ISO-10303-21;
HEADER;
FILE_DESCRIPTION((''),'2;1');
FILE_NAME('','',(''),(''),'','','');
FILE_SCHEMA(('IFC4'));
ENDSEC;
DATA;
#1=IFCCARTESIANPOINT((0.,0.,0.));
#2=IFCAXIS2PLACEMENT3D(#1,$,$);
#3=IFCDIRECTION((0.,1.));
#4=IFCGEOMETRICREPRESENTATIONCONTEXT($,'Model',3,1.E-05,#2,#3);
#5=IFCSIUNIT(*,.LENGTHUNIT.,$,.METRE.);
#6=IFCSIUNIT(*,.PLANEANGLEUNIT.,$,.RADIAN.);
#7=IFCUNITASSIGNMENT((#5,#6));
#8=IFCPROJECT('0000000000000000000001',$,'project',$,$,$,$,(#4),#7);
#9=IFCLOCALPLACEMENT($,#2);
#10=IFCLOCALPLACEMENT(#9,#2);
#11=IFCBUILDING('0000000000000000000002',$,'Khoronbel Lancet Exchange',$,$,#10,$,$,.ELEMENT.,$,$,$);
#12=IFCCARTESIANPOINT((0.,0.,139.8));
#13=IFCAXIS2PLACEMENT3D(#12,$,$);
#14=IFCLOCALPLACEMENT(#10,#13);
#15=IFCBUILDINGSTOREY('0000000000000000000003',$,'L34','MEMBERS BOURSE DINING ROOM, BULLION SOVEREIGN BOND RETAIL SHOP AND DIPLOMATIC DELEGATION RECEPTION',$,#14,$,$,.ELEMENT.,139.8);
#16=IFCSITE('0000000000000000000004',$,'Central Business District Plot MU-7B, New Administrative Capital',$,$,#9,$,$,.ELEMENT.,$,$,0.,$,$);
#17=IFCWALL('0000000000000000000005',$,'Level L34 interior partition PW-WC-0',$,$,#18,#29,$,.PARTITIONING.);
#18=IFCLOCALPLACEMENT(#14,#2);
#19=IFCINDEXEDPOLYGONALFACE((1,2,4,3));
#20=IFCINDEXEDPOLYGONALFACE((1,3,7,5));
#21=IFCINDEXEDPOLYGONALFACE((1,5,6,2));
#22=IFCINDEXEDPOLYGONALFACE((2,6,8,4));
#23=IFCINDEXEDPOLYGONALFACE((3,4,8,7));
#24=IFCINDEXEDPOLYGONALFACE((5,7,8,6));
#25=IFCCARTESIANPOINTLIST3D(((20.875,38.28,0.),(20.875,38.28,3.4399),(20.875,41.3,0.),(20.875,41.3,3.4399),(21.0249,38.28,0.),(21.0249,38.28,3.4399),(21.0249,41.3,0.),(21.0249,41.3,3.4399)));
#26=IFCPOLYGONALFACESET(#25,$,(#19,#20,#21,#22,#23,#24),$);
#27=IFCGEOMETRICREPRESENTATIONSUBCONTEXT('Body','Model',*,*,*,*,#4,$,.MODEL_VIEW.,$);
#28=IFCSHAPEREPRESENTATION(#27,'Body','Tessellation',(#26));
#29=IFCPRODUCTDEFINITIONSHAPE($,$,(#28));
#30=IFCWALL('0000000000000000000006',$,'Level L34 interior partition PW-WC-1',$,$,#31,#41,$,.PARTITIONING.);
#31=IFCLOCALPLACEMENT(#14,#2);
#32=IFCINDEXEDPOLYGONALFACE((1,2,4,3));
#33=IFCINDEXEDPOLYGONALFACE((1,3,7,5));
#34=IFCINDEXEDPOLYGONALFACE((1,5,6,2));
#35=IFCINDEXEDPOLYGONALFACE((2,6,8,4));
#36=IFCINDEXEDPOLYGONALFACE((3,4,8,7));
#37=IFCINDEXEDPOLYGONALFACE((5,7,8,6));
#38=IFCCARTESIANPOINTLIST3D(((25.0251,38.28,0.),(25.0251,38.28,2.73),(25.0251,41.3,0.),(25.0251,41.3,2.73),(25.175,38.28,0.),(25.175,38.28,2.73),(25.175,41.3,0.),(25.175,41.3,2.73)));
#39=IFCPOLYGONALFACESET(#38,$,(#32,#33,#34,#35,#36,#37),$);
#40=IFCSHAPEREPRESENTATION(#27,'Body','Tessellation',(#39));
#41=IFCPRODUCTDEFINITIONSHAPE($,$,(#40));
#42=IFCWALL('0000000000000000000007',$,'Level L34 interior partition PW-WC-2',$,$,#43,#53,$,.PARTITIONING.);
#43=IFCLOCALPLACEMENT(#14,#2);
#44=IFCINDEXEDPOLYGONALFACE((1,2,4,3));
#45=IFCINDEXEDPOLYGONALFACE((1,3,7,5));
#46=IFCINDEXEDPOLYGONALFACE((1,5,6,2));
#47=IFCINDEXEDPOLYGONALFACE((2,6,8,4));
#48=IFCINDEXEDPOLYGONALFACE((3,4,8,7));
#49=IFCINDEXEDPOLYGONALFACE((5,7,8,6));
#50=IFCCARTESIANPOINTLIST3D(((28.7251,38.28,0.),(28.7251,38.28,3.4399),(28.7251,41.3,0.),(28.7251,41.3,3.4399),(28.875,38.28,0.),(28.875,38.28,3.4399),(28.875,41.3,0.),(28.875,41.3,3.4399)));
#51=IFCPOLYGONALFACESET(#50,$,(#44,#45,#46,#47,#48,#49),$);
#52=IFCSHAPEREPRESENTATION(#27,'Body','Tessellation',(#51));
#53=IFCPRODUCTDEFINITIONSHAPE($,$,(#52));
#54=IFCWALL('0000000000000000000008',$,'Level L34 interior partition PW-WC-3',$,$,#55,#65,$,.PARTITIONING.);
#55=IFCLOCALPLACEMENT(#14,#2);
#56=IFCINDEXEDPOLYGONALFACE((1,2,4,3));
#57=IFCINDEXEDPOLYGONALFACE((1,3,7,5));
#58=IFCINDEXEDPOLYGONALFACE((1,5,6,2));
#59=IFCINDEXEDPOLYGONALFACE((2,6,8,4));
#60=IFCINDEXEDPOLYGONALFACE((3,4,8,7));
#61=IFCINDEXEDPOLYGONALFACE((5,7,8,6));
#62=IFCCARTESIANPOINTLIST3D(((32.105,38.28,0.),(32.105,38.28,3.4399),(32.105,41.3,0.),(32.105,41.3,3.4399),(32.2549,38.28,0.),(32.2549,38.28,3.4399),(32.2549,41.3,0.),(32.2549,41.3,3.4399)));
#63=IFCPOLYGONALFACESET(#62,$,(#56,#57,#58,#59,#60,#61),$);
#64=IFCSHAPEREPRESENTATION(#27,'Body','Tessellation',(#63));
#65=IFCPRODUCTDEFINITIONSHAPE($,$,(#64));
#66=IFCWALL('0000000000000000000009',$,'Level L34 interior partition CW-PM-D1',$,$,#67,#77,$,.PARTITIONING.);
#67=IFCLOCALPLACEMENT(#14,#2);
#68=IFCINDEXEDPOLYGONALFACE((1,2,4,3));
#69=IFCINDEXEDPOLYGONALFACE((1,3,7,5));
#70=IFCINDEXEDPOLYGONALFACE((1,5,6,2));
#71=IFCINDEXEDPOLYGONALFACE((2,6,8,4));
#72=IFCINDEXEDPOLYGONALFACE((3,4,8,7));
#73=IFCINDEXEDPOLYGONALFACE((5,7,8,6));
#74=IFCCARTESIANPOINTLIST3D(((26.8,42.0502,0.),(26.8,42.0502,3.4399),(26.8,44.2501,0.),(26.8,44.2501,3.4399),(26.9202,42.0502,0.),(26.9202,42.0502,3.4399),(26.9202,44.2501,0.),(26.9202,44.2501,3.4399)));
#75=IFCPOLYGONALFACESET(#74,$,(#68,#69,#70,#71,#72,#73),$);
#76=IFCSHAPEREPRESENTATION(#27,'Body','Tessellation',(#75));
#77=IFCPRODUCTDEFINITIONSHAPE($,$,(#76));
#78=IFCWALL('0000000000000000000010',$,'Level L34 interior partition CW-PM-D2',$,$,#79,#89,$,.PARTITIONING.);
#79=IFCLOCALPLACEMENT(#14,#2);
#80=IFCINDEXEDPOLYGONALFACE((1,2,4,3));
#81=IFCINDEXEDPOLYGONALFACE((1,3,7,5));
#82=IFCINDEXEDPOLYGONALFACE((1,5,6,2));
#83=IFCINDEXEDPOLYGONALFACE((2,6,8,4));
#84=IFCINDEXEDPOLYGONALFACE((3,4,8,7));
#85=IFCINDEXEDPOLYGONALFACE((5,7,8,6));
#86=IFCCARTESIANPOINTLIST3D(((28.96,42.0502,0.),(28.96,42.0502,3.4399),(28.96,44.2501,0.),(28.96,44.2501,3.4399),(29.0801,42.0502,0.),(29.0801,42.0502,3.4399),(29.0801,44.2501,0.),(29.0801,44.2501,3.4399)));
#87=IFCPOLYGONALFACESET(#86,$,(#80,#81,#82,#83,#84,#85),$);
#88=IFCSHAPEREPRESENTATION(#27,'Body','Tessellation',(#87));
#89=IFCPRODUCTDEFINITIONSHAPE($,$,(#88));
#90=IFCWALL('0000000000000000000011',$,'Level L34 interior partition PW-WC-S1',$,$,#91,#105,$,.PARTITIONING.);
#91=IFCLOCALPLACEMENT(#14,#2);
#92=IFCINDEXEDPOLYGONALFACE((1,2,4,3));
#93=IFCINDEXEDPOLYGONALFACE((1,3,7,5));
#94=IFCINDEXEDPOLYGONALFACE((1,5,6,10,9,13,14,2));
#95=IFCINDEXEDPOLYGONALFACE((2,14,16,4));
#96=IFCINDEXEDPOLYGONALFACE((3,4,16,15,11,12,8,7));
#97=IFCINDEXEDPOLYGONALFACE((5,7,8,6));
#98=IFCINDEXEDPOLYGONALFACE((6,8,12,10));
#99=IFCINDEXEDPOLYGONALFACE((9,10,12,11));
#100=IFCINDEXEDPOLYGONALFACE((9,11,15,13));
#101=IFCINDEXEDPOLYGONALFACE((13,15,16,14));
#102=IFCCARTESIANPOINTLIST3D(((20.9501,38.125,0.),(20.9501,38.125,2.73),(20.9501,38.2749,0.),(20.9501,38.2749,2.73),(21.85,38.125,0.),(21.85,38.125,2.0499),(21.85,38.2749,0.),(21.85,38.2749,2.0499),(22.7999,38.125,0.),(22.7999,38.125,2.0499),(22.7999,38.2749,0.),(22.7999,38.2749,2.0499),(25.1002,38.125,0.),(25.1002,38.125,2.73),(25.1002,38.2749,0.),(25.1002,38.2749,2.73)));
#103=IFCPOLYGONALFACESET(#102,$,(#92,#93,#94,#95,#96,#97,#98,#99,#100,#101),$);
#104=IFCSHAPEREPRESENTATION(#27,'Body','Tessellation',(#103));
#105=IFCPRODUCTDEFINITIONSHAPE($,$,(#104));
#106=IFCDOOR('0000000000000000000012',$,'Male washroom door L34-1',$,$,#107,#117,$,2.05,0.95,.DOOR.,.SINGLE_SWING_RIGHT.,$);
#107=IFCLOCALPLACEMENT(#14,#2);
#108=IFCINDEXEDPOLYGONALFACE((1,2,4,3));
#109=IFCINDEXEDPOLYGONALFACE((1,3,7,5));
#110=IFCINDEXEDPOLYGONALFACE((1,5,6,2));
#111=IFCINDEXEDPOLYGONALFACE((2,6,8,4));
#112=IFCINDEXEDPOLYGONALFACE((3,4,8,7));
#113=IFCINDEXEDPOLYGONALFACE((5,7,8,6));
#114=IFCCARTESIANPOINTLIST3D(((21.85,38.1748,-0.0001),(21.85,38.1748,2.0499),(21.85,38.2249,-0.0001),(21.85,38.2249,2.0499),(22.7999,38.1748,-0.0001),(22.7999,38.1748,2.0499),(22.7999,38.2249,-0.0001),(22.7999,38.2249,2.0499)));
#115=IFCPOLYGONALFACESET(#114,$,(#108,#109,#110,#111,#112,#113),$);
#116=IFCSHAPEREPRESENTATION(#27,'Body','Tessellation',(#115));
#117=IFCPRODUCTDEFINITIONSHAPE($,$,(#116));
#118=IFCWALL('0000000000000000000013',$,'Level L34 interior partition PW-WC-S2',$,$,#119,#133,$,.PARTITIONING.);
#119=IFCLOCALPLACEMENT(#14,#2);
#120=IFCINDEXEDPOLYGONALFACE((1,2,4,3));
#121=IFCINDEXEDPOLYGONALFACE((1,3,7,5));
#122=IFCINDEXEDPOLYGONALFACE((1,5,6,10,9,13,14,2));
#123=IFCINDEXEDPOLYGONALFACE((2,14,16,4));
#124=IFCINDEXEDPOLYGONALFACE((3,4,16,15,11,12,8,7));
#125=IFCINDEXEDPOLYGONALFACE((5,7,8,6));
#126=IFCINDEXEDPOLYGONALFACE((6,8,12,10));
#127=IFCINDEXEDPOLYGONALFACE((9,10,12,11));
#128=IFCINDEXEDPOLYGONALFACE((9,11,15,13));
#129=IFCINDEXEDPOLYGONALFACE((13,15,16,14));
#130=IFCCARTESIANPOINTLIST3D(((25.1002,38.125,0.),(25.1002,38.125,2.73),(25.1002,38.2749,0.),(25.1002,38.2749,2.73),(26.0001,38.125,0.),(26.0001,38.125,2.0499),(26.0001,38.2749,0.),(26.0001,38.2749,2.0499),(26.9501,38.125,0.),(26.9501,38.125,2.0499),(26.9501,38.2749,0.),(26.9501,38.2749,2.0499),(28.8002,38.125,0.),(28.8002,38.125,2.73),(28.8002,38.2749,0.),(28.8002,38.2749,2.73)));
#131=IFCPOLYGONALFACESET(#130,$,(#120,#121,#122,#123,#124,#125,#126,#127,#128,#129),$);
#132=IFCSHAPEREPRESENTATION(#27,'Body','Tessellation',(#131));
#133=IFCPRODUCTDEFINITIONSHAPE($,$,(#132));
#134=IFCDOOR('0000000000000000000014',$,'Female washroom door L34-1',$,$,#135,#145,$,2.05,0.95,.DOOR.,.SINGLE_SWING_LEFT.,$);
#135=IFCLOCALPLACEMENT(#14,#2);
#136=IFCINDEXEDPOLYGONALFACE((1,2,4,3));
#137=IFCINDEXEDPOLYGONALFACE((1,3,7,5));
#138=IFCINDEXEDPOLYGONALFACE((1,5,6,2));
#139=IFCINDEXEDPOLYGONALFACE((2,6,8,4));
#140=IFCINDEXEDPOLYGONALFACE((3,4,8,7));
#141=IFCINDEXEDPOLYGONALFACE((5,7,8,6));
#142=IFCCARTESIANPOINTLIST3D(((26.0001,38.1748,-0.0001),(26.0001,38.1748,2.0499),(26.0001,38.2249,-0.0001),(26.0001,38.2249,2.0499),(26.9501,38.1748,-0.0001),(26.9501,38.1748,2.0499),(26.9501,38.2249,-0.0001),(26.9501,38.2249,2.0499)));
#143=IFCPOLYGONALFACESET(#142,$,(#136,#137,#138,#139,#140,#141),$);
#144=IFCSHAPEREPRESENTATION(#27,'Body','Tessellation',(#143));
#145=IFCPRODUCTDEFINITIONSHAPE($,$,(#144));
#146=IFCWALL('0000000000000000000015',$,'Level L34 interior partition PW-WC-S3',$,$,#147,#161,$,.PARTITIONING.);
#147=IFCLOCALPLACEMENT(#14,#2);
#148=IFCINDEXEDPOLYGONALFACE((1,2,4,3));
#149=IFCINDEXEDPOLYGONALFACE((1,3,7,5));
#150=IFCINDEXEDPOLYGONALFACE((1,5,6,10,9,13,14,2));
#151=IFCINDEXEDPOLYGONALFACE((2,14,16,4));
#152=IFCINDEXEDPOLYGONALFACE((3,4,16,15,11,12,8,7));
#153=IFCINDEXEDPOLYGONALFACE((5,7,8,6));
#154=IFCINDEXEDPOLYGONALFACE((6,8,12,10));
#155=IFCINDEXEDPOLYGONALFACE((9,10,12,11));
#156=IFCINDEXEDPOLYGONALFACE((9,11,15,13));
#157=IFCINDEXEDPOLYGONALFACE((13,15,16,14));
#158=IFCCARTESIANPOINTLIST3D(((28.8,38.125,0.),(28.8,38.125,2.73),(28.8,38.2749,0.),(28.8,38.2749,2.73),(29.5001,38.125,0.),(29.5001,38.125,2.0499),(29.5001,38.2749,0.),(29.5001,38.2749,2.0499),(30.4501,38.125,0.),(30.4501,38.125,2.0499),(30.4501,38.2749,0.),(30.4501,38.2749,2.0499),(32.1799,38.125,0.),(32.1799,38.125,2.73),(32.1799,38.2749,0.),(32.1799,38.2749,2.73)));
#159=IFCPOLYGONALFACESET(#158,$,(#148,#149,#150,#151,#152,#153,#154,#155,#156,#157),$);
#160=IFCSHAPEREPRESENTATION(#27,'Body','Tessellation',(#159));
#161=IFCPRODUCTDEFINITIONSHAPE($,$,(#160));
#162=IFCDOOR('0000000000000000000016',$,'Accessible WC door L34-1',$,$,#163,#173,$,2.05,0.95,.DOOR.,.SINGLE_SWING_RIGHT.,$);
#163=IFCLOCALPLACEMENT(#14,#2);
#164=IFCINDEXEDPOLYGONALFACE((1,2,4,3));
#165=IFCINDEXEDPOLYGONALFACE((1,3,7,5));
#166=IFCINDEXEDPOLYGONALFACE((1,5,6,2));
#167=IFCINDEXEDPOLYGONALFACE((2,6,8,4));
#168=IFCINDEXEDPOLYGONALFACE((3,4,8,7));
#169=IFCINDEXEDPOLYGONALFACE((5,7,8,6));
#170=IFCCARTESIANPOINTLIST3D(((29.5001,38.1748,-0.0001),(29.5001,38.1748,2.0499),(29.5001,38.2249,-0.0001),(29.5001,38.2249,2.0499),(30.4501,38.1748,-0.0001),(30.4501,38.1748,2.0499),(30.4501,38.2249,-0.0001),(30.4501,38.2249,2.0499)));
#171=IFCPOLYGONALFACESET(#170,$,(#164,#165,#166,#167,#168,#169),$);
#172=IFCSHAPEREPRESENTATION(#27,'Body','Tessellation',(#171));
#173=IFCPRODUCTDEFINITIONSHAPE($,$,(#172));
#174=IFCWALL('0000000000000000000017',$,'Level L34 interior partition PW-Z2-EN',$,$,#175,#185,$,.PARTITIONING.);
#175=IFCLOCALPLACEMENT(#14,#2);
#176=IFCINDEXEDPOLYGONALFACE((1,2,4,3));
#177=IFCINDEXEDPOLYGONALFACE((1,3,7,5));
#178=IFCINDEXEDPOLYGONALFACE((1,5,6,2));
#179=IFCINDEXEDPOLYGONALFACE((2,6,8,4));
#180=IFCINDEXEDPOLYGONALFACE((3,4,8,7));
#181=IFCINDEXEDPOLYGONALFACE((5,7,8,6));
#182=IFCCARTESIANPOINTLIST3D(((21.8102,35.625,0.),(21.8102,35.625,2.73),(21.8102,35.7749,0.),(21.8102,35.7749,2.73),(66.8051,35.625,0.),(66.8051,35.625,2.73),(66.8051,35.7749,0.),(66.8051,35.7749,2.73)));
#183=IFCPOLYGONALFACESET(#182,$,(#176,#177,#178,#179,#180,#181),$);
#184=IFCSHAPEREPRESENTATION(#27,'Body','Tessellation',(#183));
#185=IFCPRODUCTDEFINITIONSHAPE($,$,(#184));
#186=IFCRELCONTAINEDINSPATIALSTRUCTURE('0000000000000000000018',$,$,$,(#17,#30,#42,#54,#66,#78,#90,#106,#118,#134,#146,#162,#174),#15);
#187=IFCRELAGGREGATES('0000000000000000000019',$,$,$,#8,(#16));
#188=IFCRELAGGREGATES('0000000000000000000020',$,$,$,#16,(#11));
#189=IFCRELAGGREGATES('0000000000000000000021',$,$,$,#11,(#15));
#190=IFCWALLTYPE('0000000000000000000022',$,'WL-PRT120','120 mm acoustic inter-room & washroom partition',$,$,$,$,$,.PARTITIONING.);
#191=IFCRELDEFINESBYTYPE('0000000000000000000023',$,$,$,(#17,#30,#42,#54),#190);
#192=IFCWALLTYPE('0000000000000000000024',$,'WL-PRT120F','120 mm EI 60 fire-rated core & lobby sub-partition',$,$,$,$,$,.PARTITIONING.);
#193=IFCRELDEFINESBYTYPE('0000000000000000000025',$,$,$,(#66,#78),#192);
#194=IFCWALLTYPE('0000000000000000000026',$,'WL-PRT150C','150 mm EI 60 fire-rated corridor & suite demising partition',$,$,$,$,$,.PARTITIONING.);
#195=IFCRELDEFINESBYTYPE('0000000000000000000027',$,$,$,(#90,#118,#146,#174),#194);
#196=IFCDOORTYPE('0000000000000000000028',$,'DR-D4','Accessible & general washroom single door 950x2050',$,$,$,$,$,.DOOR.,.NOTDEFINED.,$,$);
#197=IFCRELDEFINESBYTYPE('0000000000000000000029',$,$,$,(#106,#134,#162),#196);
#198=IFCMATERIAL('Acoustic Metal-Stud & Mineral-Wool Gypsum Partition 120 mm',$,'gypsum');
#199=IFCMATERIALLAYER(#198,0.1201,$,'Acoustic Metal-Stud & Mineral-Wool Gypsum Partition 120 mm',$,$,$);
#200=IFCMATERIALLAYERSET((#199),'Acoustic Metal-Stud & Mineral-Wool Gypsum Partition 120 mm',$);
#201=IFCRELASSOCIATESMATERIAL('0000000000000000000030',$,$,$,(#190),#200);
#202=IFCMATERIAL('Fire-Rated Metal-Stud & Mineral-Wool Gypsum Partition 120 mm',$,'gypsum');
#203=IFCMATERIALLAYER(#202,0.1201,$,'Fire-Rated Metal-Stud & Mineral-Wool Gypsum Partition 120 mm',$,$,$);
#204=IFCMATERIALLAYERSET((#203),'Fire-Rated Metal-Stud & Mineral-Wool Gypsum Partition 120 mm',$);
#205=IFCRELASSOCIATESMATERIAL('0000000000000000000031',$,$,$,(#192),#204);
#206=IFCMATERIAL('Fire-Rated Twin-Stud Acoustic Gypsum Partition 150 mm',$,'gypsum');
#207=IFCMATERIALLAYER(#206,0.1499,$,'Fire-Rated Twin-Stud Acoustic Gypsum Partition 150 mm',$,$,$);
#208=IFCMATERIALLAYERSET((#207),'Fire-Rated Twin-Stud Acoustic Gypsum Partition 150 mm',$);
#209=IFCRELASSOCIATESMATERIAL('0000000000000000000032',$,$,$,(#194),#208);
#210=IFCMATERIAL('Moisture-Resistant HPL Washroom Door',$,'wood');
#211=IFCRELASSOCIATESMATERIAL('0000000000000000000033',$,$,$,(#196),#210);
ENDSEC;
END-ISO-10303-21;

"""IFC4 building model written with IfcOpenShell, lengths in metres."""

from ifc_helpers import new_model, si_unit, direction, frame, frame_2d, origin, place, context, subcontext, project, spatial, rectangle, extrude, material, layer, layer_set, type_object, element, fill, save


model = new_model("IFC4")

# Units and contexts
model_context = context("Model", 3, precision=1e-05, world=origin(), true_north=direction((0.0, 1.0)))
body_context = subcontext(model_context, "Body", "Model", "MODEL_VIEW")
ifc_project = project(units=[si_unit("LENGTHUNIT", "METRE"), si_unit("PLANEANGLEUNIT", "RADIAN")], contexts=[model_context])

# Site, building, storey
site_placement = place(None, origin())
site = spatial("IfcSite", under=ifc_project, at=site_placement, Name="Central Business District Plot MU-7B, New Administrative Capital", CompositionType="ELEMENT", RefElevation=0.0)
building_placement = place(site_placement, origin())
building = spatial("IfcBuilding", under=site, at=building_placement, Name="Khoronbel Lancet Exchange", CompositionType="ELEMENT")
storey_placement = place(building_placement, frame((0.0, 0.0, 139.8)))
storey = spatial("IfcBuildingStorey", under=building, at=storey_placement, Name="L34", Description="MEMBERS BOURSE DINING ROOM, BULLION SOVEREIGN BOND RETAIL SHOP AND DIPLOMATIC DELEGATION RECEPTION", CompositionType="ELEMENT", Elevation=139.8)

# Walls
ifc_material_1 = material(Name="Acoustic Metal-Stud & Mineral-Wool Gypsum Partition 120 mm", Category="gypsum")
ifc_layer_1 = layer(ifc_material_1, 0.1201, Name="Acoustic Metal-Stud & Mineral-Wool Gypsum Partition 120 mm")
ifc_layer_set_1 = layer_set([ifc_layer_1], Name="Acoustic Metal-Stud & Mineral-Wool Gypsum Partition 120 mm")
wall_type_1 = type_object("IfcWallType", Name="WL-PRT120", Description="120 mm acoustic inter-room & washroom partition", PredefinedType="PARTITIONING", material=ifc_layer_set_1)
wall_1_placement = place(storey_placement, frame((20.95, 38.28, 0.0), z_axis=(0.0, 0.0, 1.0), x_axis=(0.0, 1.0, 0.0)))
element("IfcWall", 1, at=wall_1_placement, inside=storey, type_object=wall_type_1, Name="Level L34 interior partition PW-WC-0", PredefinedType="PARTITIONING", context=body_context, shape_type="SweptSolid", body=[
    extrude(rectangle(XDim=3.02, YDim=0.1499, at=frame_2d((1.51, 0.0))), origin(), (0.0, 0.0, 1.0), 3.4399),
])
wall_2_placement = place(storey_placement, frame((25.1001, 38.28, 0.0), z_axis=(0.0, 0.0, 1.0), x_axis=(0.0, 1.0, 0.0)))
element("IfcWall", 2, at=wall_2_placement, inside=storey, type_object=wall_type_1, Name="Level L34 interior partition PW-WC-1", PredefinedType="PARTITIONING", context=body_context, shape_type="SweptSolid", body=[
    extrude(rectangle(XDim=3.02, YDim=0.1499, at=frame_2d((1.51, 0.0))), origin(), (0.0, 0.0, 1.0), 2.73),
])
for number, where, z_axis, x_axis, name in (
    (3, (28.8, 38.28, 0.0), (0.0, 0.0, 1.0), (0.0, 1.0, 0.0), "Level L34 interior partition PW-WC-2"),
    (4, (32.1799, 38.28, 0.0), (0.0, 0.0, 1.0), (0.0, 1.0, 0.0), "Level L34 interior partition PW-WC-3"),
):
    element("IfcWall", number, at=place(storey_placement, frame(where, z_axis=z_axis, x_axis=x_axis)), inside=storey, type_object=wall_type_1, Name=name, PredefinedType="PARTITIONING", context=body_context, shape_type="SweptSolid", body=[
        extrude(rectangle(XDim=3.02, YDim=0.1499, at=frame_2d((1.51, 0.0))), origin(), (0.0, 0.0, 1.0), 3.4399),
    ])
ifc_material_2 = material(Name="Fire-Rated Metal-Stud & Mineral-Wool Gypsum Partition 120 mm", Category="gypsum")
ifc_layer_2 = layer(ifc_material_2, 0.1201, Name="Fire-Rated Metal-Stud & Mineral-Wool Gypsum Partition 120 mm")
ifc_layer_set_2 = layer_set([ifc_layer_2], Name="Fire-Rated Metal-Stud & Mineral-Wool Gypsum Partition 120 mm")
wall_type_2 = type_object("IfcWallType", Name="WL-PRT120F", Description="120 mm EI 60 fire-rated core & lobby sub-partition", PredefinedType="PARTITIONING", material=ifc_layer_set_2)
for number, where, z_axis, x_axis, name in (
    (5, (26.8601, 42.05, 0.0), (0.0, 0.0, 1.0), (0.0, 1.0, 0.0), "Level L34 interior partition CW-PM-D1"),
    (6, (29.02, 42.05, 0.0), (0.0, 0.0, 1.0), (0.0, 1.0, 0.0), "Level L34 interior partition CW-PM-D2"),
):
    element("IfcWall", number, at=place(storey_placement, frame(where, z_axis=z_axis, x_axis=x_axis)), inside=storey, type_object=wall_type_2, Name=name, PredefinedType="PARTITIONING", context=body_context, shape_type="SweptSolid", body=[
        extrude(rectangle(XDim=2.2, YDim=0.1201, at=frame_2d((1.1001, 0.0))), origin(), (0.0, 0.0, 1.0), 3.4399),
    ])

# Walls, openings, doors
ifc_material_3 = material(Name="Fire-Rated Twin-Stud Acoustic Gypsum Partition 150 mm", Category="gypsum")
ifc_layer_3 = layer(ifc_material_3, 0.1499, Name="Fire-Rated Twin-Stud Acoustic Gypsum Partition 150 mm")
ifc_layer_set_3 = layer_set([ifc_layer_3], Name="Fire-Rated Twin-Stud Acoustic Gypsum Partition 150 mm")
wall_type_3 = type_object("IfcWallType", Name="WL-PRT150C", Description="150 mm EI 60 fire-rated corridor & suite demising partition", PredefinedType="PARTITIONING", material=ifc_layer_set_3)
wall_3_placement = place(storey_placement, frame((20.95, 38.2, 0.0), z_axis=(0.0, 0.0, 1.0), x_axis=(1.0, 0.0, 0.0)))
wall_3 = element("IfcWall", 7, at=wall_3_placement, inside=storey, type_object=wall_type_3, Name="Level L34 interior partition PW-WC-S1", PredefinedType="PARTITIONING", context=body_context, shape_type="SweptSolid", body=[
    extrude(rectangle(XDim=4.1501, YDim=0.1499, at=frame_2d((2.0752, 0.0))), origin(), (0.0, 0.0, 1.0), 2.73),
])
opening_1_placement = place(wall_3_placement, frame((0.8999, 0.0, 0.0)))
opening_1 = element("IfcOpeningElement", 8, at=opening_1_placement, cuts=wall_3, PredefinedType="OPENING", context=body_context, shape_type="SweptSolid", body=[
    extrude(rectangle(XDim=0.95, YDim=2.05, at=frame_2d((0.4751, 1.0249))), frame((0.0, 0.085, 0.0), z_axis=(0.0, -1.0, 0.0), x_axis=(1.0, 0.0, 0.0)), (0.0, 0.0, 1.0), 0.1699),
])
ifc_material_4 = material(Name="Moisture-Resistant HPL Washroom Door", Category="wood")
door_type_1 = type_object("IfcDoorType", Name="DR-D4", Description="Accessible & general washroom single door 950x2050", OperationType="NOTDEFINED", PredefinedType="DOOR", material=ifc_material_4)
door_1_placement = place(opening_1_placement, origin())
door_1 = element("IfcDoor", 9, at=door_1_placement, inside=storey, type_object=door_type_1, Name="Male washroom door L34-1", OperationType="SINGLE_SWING_RIGHT", OverallHeight=2.05, OverallWidth=0.95, PredefinedType="DOOR", context=body_context, shape_type="SweptSolid", body=[
    extrude(rectangle(XDim=0.95, YDim=2.05, at=frame_2d((0.4751, 1.0249))), frame((0.0, 0.0249, 0.0), z_axis=(0.0, -1.0, 0.0), x_axis=(1.0, 0.0, 0.0)), (0.0, 0.0, 1.0), 0.05),
])
fill(opening_1, door_1)
wall_4_placement = place(storey_placement, frame((25.1001, 38.2, 0.0), z_axis=(0.0, 0.0, 1.0), x_axis=(1.0, 0.0, 0.0)))
wall_4 = element("IfcWall", 10, at=wall_4_placement, inside=storey, type_object=wall_type_3, Name="Level L34 interior partition PW-WC-S2", PredefinedType="PARTITIONING", context=body_context, shape_type="SweptSolid", body=[
    extrude(rectangle(XDim=3.7, YDim=0.1499, at=frame_2d((1.8501, 0.0))), origin(), (0.0, 0.0, 1.0), 2.73),
])
opening_2_placement = place(wall_4_placement, frame((0.8999, 0.0, 0.0)))
opening_2 = element("IfcOpeningElement", 11, at=opening_2_placement, cuts=wall_4, PredefinedType="OPENING", context=body_context, shape_type="SweptSolid", body=[
    extrude(rectangle(XDim=0.95, YDim=2.05, at=frame_2d((0.4751, 1.0249))), frame((0.0, 0.085, 0.0), z_axis=(0.0, -1.0, 0.0), x_axis=(1.0, 0.0, 0.0)), (0.0, 0.0, 1.0), 0.1699),
])
door_2_placement = place(opening_2_placement, origin())
door_2 = element("IfcDoor", 12, at=door_2_placement, inside=storey, type_object=door_type_1, Name="Female washroom door L34-1", OperationType="SINGLE_SWING_LEFT", OverallHeight=2.05, OverallWidth=0.95, PredefinedType="DOOR", context=body_context, shape_type="SweptSolid", body=[
    extrude(rectangle(XDim=0.95, YDim=2.05, at=frame_2d((0.4751, 1.0249))), frame((0.0, 0.0249, 0.0), z_axis=(0.0, -1.0, 0.0), x_axis=(1.0, 0.0, 0.0)), (0.0, 0.0, 1.0), 0.05),
])
fill(opening_2, door_2)
wall_5_placement = place(storey_placement, frame((28.8, 38.2, 0.0), z_axis=(0.0, 0.0, 1.0), x_axis=(1.0, 0.0, 0.0)))
wall_5 = element("IfcWall", 13, at=wall_5_placement, inside=storey, type_object=wall_type_3, Name="Level L34 interior partition PW-WC-S3", PredefinedType="PARTITIONING", context=body_context, shape_type="SweptSolid", body=[
    extrude(rectangle(XDim=3.3799, YDim=0.1499, at=frame_2d((1.6899, 0.0))), origin(), (0.0, 0.0, 1.0), 2.73),
])
opening_3_placement = place(wall_5_placement, frame((0.7, 0.0, 0.0)))
opening_3 = element("IfcOpeningElement", 14, at=opening_3_placement, cuts=wall_5, PredefinedType="OPENING", context=body_context, shape_type="SweptSolid", body=[
    extrude(rectangle(XDim=0.95, YDim=2.05, at=frame_2d((0.4751, 1.0249))), frame((0.0, 0.085, 0.0), z_axis=(0.0, -1.0, 0.0), x_axis=(1.0, 0.0, 0.0)), (0.0, 0.0, 1.0), 0.1699),
])
door_3_placement = place(opening_3_placement, origin())
door_3 = element("IfcDoor", 15, at=door_3_placement, inside=storey, type_object=door_type_1, Name="Accessible WC door L34-1", OperationType="SINGLE_SWING_RIGHT", OverallHeight=2.05, OverallWidth=0.95, PredefinedType="DOOR", context=body_context, shape_type="SweptSolid", body=[
    extrude(rectangle(XDim=0.95, YDim=2.05, at=frame_2d((0.4751, 1.0249))), frame((0.0, 0.0249, 0.0), z_axis=(0.0, -1.0, 0.0), x_axis=(1.0, 0.0, 0.0)), (0.0, 0.0, 1.0), 0.05),
])
fill(opening_3, door_3)

# Wall
wall_6_placement = place(storey_placement, frame((21.8101, 35.7, 0.0), z_axis=(0.0, 0.0, 1.0), x_axis=(1.0, 0.0, 0.0)))
element("IfcWall", 16, at=wall_6_placement, inside=storey, type_object=wall_type_3, Name="Level L34 interior partition PW-Z2-EN", PredefinedType="PARTITIONING", context=body_context, shape_type="SweptSolid", body=[
    extrude(rectangle(XDim=44.9949, YDim=0.1499, at=frame_2d((22.4976, 0.0))), origin(), (0.0, 0.0, 1.0), 2.73),
])

save(model, "model.ifc")
